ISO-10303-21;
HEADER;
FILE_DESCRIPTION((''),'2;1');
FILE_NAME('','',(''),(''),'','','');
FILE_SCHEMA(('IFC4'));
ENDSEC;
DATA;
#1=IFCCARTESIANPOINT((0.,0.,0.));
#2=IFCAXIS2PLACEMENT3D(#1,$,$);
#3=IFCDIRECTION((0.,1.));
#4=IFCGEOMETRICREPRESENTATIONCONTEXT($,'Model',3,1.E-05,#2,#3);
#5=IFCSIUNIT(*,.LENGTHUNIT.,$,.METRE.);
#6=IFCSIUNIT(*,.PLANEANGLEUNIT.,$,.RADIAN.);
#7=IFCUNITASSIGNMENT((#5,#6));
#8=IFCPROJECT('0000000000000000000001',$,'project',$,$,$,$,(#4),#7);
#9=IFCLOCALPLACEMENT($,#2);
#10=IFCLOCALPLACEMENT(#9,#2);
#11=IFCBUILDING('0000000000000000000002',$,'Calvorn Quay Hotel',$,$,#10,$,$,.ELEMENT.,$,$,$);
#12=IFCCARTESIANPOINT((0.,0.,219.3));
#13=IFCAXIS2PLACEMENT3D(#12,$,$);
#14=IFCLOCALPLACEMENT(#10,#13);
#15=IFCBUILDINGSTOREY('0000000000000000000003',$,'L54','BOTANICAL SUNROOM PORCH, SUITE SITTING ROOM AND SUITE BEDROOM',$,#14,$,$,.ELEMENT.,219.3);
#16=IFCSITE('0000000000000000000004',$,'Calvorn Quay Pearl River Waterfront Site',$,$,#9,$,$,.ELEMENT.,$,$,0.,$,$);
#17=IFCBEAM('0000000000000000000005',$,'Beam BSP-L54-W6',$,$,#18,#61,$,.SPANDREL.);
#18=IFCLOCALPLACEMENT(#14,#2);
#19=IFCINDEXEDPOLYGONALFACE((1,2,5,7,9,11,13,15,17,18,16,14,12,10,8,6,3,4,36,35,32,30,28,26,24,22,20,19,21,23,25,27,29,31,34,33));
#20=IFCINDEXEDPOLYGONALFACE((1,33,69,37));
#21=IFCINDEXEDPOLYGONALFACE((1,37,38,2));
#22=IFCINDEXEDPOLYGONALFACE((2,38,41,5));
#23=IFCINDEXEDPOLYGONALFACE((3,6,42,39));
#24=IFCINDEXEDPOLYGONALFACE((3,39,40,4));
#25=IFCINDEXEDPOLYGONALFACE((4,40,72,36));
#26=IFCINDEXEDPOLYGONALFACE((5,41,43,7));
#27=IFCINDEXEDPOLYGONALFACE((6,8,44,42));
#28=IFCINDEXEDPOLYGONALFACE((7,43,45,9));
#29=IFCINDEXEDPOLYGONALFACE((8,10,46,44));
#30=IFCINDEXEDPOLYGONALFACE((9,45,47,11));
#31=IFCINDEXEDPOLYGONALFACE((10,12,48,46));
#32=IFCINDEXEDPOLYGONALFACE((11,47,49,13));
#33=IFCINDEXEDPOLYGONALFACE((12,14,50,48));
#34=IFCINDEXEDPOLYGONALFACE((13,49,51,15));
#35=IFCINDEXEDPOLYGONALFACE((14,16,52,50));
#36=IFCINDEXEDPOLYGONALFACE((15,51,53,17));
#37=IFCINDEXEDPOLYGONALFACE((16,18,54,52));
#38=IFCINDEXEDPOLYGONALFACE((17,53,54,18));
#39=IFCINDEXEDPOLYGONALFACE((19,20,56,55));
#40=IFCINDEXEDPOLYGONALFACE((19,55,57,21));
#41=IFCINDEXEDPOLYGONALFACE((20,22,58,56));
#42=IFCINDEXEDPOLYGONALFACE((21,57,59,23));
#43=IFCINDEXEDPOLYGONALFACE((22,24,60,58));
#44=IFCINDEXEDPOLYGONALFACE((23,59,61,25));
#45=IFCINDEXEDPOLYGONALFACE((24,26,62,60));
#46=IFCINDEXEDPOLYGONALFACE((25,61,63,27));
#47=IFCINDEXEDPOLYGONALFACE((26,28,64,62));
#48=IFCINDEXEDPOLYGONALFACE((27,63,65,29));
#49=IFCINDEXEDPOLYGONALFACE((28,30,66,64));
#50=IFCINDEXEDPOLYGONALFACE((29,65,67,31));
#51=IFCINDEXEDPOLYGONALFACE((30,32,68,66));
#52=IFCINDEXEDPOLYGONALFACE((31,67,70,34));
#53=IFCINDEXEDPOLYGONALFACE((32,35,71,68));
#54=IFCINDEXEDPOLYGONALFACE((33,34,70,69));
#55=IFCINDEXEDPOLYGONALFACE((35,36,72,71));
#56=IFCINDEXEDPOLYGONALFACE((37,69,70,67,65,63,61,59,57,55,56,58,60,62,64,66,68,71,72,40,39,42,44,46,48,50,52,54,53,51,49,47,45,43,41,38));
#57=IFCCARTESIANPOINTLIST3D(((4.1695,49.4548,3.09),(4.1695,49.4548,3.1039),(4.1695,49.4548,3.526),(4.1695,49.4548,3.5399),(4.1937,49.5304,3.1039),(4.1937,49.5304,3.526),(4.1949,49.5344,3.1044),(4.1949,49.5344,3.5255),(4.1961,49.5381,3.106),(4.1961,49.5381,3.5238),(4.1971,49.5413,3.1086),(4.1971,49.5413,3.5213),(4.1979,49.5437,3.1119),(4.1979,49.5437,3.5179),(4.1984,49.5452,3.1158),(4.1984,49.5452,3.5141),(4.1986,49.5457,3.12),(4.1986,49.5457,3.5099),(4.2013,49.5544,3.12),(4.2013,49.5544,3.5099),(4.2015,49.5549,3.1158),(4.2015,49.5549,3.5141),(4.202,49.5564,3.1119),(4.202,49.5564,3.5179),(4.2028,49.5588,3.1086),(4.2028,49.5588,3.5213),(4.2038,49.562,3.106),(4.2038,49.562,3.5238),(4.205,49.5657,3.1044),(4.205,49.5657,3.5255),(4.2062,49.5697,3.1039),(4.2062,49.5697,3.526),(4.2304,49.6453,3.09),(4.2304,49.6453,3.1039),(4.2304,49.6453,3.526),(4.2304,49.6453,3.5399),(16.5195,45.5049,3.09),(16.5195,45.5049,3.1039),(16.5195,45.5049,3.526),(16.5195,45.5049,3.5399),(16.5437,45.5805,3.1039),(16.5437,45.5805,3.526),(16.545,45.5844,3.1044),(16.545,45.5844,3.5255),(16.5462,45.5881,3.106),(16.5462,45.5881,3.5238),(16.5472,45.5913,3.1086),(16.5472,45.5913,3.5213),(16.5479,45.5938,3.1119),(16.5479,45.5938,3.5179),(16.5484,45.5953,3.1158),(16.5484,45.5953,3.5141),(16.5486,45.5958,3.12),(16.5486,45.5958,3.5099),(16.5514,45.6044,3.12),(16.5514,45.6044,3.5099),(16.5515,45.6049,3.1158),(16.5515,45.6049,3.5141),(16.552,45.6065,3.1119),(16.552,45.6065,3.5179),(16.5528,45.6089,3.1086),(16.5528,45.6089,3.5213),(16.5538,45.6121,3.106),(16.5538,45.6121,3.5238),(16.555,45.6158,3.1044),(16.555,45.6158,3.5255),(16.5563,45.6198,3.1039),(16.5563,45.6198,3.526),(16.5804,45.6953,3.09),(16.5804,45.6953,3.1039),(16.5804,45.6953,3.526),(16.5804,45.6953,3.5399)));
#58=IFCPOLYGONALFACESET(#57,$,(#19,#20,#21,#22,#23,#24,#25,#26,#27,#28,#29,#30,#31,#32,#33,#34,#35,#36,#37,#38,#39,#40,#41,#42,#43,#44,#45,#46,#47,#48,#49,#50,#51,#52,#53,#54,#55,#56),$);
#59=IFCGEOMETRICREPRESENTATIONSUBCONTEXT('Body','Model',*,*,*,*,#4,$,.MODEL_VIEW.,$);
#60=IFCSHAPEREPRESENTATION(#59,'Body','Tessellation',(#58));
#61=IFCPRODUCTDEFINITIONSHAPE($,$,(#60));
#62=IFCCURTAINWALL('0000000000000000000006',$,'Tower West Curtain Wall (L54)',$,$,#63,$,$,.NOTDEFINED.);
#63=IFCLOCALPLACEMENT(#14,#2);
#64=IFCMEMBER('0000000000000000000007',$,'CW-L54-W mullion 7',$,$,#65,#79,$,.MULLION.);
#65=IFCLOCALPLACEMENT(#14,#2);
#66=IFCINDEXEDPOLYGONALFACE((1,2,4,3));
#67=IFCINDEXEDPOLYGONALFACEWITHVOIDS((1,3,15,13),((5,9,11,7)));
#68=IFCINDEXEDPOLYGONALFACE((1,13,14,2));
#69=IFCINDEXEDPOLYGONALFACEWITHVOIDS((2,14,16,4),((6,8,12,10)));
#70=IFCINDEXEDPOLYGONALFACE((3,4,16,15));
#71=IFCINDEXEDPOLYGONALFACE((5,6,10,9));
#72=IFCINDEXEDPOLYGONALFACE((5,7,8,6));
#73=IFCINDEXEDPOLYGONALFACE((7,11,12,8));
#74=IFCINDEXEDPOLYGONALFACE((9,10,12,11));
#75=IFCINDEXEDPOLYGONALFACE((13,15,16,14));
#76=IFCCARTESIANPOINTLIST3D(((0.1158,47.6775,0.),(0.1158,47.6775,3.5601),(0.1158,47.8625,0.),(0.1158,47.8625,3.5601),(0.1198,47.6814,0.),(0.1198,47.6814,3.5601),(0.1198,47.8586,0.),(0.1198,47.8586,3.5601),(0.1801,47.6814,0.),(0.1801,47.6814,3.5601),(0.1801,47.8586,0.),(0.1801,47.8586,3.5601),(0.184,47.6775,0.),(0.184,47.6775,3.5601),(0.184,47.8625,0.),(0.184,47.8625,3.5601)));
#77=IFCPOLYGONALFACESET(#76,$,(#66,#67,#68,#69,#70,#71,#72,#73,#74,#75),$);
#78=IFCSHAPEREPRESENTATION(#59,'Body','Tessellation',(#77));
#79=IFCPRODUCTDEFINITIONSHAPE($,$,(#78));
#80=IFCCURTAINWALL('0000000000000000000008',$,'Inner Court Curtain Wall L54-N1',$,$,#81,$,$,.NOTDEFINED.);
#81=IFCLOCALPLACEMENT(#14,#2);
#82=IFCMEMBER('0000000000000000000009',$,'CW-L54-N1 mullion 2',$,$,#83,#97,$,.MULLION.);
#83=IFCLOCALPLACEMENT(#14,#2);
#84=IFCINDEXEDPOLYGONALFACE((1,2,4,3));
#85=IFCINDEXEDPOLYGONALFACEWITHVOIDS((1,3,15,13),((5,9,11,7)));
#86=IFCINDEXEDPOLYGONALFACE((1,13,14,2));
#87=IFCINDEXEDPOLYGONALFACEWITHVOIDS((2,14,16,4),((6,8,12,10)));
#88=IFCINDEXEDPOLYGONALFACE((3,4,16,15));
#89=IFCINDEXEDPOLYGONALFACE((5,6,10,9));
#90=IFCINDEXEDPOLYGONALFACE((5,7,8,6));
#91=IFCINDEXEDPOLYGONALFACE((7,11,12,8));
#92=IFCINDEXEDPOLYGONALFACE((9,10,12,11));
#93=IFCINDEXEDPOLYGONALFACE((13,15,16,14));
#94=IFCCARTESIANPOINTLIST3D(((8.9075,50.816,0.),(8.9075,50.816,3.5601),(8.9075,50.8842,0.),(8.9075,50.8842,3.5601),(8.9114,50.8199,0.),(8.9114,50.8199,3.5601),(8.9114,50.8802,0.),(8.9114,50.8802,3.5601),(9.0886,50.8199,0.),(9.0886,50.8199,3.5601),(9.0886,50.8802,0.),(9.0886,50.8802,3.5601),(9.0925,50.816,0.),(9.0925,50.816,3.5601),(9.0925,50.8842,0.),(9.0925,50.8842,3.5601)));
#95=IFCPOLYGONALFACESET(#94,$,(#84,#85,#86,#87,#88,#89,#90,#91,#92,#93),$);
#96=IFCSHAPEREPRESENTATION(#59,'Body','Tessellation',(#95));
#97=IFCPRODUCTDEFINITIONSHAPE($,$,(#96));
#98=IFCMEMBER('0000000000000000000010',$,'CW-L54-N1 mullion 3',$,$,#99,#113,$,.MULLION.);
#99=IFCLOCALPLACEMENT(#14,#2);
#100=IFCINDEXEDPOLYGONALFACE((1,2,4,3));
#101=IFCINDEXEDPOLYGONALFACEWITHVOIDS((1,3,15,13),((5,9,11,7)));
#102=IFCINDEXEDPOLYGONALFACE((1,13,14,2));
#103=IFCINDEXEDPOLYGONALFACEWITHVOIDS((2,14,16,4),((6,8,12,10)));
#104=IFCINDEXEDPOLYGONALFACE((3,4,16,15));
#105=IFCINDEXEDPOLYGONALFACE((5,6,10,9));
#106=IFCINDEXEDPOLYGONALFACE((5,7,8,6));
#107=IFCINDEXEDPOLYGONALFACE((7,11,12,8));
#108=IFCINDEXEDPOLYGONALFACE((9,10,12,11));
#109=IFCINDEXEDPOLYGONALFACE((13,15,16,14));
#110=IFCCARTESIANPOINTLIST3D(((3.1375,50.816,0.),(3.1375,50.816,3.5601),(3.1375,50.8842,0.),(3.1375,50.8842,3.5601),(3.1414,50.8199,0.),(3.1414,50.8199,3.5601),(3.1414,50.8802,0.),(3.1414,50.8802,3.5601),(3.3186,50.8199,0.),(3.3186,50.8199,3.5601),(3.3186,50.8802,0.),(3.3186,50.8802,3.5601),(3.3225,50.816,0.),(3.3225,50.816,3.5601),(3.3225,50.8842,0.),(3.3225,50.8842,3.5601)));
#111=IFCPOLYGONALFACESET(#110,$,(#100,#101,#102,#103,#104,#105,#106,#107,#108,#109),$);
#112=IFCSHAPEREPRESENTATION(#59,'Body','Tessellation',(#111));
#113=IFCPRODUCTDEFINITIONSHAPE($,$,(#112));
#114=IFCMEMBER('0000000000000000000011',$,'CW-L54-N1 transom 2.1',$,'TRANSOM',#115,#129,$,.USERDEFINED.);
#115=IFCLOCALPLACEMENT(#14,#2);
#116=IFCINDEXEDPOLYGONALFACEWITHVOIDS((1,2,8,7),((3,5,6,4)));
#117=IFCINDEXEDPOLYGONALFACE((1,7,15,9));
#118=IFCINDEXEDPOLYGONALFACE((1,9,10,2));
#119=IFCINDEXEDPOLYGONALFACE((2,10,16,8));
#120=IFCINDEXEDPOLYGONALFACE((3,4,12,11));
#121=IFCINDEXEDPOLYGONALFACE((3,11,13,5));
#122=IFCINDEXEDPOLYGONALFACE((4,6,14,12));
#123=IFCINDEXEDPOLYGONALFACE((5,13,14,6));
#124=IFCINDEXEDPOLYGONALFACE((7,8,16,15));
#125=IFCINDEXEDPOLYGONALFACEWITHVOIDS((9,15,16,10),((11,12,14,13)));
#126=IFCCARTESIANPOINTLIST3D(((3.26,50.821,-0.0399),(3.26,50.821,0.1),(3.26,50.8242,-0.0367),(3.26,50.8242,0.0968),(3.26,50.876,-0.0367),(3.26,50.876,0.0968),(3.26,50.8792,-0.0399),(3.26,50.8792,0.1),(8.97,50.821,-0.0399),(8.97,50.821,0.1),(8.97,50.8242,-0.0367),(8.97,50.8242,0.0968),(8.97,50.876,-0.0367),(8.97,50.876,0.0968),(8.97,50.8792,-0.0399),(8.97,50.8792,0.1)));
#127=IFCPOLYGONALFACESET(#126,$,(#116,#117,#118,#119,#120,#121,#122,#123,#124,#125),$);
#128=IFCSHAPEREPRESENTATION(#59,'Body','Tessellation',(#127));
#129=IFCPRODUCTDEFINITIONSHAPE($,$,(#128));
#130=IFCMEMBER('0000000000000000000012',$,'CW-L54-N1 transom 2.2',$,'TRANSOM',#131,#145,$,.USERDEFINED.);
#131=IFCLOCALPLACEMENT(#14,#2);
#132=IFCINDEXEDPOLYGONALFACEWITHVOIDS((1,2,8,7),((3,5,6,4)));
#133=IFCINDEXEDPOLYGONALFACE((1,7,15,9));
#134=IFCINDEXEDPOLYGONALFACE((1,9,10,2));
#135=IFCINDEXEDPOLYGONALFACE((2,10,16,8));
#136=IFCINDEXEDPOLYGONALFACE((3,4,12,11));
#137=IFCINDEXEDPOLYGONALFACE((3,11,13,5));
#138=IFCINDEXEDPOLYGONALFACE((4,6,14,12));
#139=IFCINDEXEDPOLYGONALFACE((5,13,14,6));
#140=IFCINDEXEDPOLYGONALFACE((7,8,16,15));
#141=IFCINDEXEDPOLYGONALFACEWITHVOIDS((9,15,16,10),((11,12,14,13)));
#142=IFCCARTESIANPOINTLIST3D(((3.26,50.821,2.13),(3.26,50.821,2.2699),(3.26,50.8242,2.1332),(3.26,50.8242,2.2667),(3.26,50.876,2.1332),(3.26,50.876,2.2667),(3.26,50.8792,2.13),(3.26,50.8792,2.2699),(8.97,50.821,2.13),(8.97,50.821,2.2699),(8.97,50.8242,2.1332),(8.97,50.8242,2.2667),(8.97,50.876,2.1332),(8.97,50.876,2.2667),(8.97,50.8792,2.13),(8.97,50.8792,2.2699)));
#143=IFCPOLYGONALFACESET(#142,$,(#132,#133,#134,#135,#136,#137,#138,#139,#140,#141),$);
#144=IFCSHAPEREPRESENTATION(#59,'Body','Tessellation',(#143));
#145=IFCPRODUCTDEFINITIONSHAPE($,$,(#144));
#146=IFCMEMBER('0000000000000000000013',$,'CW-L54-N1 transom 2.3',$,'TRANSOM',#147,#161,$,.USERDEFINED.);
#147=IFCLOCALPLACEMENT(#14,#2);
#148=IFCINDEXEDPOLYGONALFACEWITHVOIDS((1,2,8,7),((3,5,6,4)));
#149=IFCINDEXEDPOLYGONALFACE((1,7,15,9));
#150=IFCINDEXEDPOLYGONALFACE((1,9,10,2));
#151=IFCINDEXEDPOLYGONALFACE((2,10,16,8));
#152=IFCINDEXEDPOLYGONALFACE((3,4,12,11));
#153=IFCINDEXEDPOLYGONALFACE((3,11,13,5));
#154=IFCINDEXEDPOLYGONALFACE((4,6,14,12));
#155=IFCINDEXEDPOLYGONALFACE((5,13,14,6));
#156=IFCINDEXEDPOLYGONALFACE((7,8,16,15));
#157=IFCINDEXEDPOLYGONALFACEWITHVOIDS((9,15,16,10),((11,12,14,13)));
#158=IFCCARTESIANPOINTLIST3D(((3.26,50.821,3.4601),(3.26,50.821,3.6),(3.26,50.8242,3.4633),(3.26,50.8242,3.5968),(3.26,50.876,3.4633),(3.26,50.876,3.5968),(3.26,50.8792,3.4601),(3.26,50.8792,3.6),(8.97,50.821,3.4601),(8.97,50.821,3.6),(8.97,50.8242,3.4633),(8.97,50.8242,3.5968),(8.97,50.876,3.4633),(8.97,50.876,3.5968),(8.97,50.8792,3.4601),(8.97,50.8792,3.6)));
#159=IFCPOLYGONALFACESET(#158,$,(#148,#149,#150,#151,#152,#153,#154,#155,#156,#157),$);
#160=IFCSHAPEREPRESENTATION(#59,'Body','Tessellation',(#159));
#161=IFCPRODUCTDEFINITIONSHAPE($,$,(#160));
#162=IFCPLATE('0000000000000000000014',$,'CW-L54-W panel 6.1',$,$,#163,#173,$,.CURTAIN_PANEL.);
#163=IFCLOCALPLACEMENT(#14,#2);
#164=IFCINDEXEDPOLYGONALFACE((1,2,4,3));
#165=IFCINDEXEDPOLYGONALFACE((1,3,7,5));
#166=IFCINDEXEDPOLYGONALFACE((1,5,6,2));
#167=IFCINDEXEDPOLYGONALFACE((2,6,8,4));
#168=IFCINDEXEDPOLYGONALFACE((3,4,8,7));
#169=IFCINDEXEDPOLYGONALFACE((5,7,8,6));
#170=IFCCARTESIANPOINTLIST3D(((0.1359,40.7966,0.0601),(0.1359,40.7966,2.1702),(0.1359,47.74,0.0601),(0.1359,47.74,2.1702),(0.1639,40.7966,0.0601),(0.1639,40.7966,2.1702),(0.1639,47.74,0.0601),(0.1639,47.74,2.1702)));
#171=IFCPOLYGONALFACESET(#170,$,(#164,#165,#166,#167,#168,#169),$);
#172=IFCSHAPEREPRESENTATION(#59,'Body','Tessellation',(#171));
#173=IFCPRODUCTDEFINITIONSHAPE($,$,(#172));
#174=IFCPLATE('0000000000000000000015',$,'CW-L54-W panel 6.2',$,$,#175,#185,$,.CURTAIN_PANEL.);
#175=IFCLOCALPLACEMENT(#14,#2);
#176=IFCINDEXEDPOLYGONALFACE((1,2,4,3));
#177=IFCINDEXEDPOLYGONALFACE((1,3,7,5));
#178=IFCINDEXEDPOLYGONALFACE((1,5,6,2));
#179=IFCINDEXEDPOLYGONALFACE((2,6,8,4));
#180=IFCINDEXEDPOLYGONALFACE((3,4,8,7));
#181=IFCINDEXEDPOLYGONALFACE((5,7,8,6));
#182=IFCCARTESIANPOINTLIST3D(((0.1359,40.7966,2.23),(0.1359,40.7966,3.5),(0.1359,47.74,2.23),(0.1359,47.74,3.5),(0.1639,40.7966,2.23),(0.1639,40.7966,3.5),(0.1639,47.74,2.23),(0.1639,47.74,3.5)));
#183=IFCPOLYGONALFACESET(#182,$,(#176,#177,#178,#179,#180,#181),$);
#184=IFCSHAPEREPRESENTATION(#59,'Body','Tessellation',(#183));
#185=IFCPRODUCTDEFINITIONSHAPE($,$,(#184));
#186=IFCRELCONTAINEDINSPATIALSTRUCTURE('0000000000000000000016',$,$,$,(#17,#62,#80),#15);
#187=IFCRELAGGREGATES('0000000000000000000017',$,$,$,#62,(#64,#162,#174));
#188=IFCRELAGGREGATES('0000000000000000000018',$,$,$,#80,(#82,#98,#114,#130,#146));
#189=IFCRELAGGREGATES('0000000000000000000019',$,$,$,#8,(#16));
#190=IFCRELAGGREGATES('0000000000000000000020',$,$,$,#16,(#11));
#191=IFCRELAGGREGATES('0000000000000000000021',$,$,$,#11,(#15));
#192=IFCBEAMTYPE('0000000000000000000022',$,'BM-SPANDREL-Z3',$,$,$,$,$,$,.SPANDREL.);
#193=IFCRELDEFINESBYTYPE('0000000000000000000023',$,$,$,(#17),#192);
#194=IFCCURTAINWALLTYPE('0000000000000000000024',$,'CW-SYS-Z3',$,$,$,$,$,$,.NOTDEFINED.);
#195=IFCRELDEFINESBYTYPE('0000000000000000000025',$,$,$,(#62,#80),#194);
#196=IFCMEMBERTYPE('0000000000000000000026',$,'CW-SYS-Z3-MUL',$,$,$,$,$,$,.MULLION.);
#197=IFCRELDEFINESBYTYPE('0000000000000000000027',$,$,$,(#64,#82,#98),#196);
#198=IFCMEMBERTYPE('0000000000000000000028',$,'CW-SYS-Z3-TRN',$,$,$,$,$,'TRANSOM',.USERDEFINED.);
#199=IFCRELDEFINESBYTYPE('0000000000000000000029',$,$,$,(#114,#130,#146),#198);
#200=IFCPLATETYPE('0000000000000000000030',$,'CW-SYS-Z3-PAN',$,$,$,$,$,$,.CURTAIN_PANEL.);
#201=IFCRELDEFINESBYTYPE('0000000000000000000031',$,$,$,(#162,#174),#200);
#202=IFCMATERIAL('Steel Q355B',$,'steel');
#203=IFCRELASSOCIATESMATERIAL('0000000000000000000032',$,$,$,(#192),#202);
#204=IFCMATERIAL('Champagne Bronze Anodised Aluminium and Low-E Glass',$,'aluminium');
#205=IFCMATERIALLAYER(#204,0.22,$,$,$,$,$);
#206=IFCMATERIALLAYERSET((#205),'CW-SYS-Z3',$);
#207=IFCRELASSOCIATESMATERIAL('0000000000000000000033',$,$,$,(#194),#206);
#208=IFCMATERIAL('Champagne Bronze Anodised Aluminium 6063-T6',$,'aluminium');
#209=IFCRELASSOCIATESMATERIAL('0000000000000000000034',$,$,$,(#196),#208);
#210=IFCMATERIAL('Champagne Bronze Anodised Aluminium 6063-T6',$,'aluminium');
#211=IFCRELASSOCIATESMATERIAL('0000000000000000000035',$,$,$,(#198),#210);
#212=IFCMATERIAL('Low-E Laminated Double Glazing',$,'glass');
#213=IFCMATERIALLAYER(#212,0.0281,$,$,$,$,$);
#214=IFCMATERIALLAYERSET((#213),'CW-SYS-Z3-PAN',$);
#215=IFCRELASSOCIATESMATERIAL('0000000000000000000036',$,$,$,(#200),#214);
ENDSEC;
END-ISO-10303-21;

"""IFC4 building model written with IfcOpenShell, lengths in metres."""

from ifc_helpers import new_model, si_unit, direction, frame, origin, origin_2d, place, context, subcontext, project, spatial, rectangle, hollow_rectangle, i_section, extrude, material, layer, layer_set, material_profile, profile_set, type_object, element, aggregate, save


model = new_model("IFC4")

# Units and contexts
model_context = context("Model", 3, precision=1e-05, world=origin(), true_north=direction((0.0, 1.0)))
body_context = subcontext(model_context, "Body", "Model", "MODEL_VIEW")
ifc_project = project(units=[si_unit("LENGTHUNIT", "METRE"), si_unit("PLANEANGLEUNIT", "RADIAN")], contexts=[model_context])

# Site, building, storey
site_placement = place(None, origin())
site = spatial("IfcSite", under=ifc_project, at=site_placement, Name="Calvorn Quay Pearl River Waterfront Site", CompositionType="ELEMENT", RefElevation=0.0)
building_placement = place(site_placement, origin())
building = spatial("IfcBuilding", under=site, at=building_placement, Name="Calvorn Quay Hotel", CompositionType="ELEMENT")
storey_placement = place(building_placement, frame((0.0, 0.0, 219.3)))
storey = spatial("IfcBuildingStorey", under=building, at=storey_placement, Name="L54", Description="BOTANICAL SUNROOM PORCH, SUITE SITTING ROOM AND SUITE BEDROOM", CompositionType="ELEMENT", Elevation=219.3)

# Beam
ifc_material_1 = material(Name="Steel Q355B", Category="steel")
ifc_material_profile_1 = material_profile(ifc_material_1, i_section(OverallWidth=0.2, OverallDepth=0.45, WebThickness=0.009, FlangeThickness=0.0139, FilletRadius=0.0161, at=origin_2d()), Name="HN450x200x9x14")
ifc_profile_set_1 = profile_set([ifc_material_profile_1], Name="Steel Q355B")
beam_type_1 = type_object("IfcBeamType", Name="BM-SPANDREL-Z3", PredefinedType="SPANDREL", material=ifc_profile_set_1)
beam_1_placement = place(storey_placement, frame((4.2, 49.55, 3.3149), z_axis=(0.952471, -0.30463, 0.0), x_axis=(0.30463, 0.952471, 0.0)))
element("IfcBeam", 1, at=beam_1_placement, inside=storey, type_object=beam_type_1, Name="Beam BSP-L54-W6", PredefinedType="SPANDREL", context=body_context, shape_type="SweptSolid", body=[
    extrude(i_section(OverallWidth=0.2, OverallDepth=0.45, WebThickness=0.009, FlangeThickness=0.0139, FilletRadius=0.0161, at=origin_2d()), origin(), (0.0, 0.0, 1.0), 12.9663),
])

# Curtain wall, member
ifc_material_2 = material(Name="Champagne Bronze Anodised Aluminium and Low-E Glass", Category="aluminium")
ifc_layer_1 = layer(ifc_material_2, 0.22)
ifc_layer_set_1 = layer_set([ifc_layer_1], Name="CW-SYS-Z3")
curtain_wall_type = type_object("IfcCurtainWallType", Name="CW-SYS-Z3", PredefinedType="NOTDEFINED", material=ifc_layer_set_1)
curtain_wall_1_placement = place(storey_placement, origin())
curtain_wall_1 = element("IfcCurtainWall", 2, at=curtain_wall_1_placement, inside=storey, type_object=curtain_wall_type, Name="Tower West Curtain Wall (L54)", PredefinedType="NOTDEFINED")
ifc_material_3 = material(Name="Champagne Bronze Anodised Aluminium 6063-T6", Category="aluminium")
ifc_material_profile_2 = material_profile(ifc_material_3, hollow_rectangle(XDim=0.0681, YDim=0.1851, WallThickness=0.0039, at=origin_2d()), Name="ALU-M185x68x4")
ifc_profile_set_2 = profile_set([ifc_material_profile_2], Name="Champagne Bronze Anodised Aluminium 6063-T6")
member_type_1 = type_object("IfcMemberType", Name="CW-SYS-Z3-MUL", PredefinedType="MULLION", material=ifc_profile_set_2)
member_1_placement = place(storey_placement, frame((0.1499, 47.77, 0.0), z_axis=(0.0, 0.0, 1.0), x_axis=(-1.0, 0.0, 0.0)))
member_1 = element("IfcMember", 3, at=member_1_placement, type_object=member_type_1, Name="CW-L54-W mullion 7", PredefinedType="MULLION", context=body_context, shape_type="SweptSolid", body=[
    extrude(hollow_rectangle(XDim=0.0681, YDim=0.1851, WallThickness=0.0039, at=origin_2d()), origin(), (0.0, 0.0, 1.0), 3.5601),
])

# Curtain wall, members
curtain_wall_2_placement = place(storey_placement, origin())
curtain_wall_2 = element("IfcCurtainWall", 4, at=curtain_wall_2_placement, inside=storey, type_object=curtain_wall_type, Name="Inner Court Curtain Wall L54-N1", PredefinedType="NOTDEFINED")
member_2_placement = place(storey_placement, frame((9.0, 50.8501, 0.0), z_axis=(0.0, 0.0, 1.0), x_axis=(0.0, -1.0, 0.0)))
member_2 = element("IfcMember", 5, at=member_2_placement, type_object=member_type_1, Name="CW-L54-N1 mullion 2", PredefinedType="MULLION", context=body_context, shape_type="SweptSolid", body=[
    extrude(hollow_rectangle(XDim=0.0681, YDim=0.1851, WallThickness=0.0039, at=origin_2d()), origin(), (0.0, 0.0, 1.0), 3.5601),
])
member_3_placement = place(storey_placement, frame((3.23, 50.8501, 0.0), z_axis=(0.0, 0.0, 1.0), x_axis=(0.0, -1.0, 0.0)))
member_3 = element("IfcMember", 6, at=member_3_placement, type_object=member_type_1, Name="CW-L54-N1 mullion 3", PredefinedType="MULLION", context=body_context, shape_type="SweptSolid", body=[
    extrude(hollow_rectangle(XDim=0.0681, YDim=0.1851, WallThickness=0.0039, at=origin_2d()), origin(), (0.0, 0.0, 1.0), 3.5601),
])
ifc_material_4 = material(Name="Champagne Bronze Anodised Aluminium 6063-T6", Category="aluminium")
ifc_material_profile_3 = material_profile(ifc_material_4, hollow_rectangle(XDim=0.0581, YDim=0.1399, WallThickness=0.0032, at=origin_2d()), Name="ALU-T140x58x3.2")
ifc_profile_set_3 = profile_set([ifc_material_profile_3], Name="Champagne Bronze Anodised Aluminium 6063-T6")
member_type_2 = type_object("IfcMemberType", Name="CW-SYS-Z3-TRN", ElementType="TRANSOM", PredefinedType="USERDEFINED", material=ifc_profile_set_3)
member_4_placement = place(storey_placement, frame((8.97, 50.8501, 0.03), z_axis=(-1.0, 0.0, 0.0), x_axis=(0.0, -1.0, 0.0)))
member_4 = element("IfcMember", 7, at=member_4_placement, type_object=member_type_2, Name="CW-L54-N1 transom 2.1", ObjectType="TRANSOM", PredefinedType="USERDEFINED", context=body_context, shape_type="SweptSolid", body=[
    extrude(hollow_rectangle(XDim=0.0581, YDim=0.1399, WallThickness=0.0032, at=origin_2d()), origin(), (0.0, 0.0, 1.0), 5.71),
])
member_5_placement = place(storey_placement, frame((8.97, 50.8501, 2.2), z_axis=(-1.0, 0.0, 0.0), x_axis=(0.0, -1.0, 0.0)))
member_5 = element("IfcMember", 8, at=member_5_placement, type_object=member_type_2, Name="CW-L54-N1 transom 2.2", ObjectType="TRANSOM", PredefinedType="USERDEFINED", context=body_context, shape_type="SweptSolid", body=[
    extrude(hollow_rectangle(XDim=0.0581, YDim=0.1399, WallThickness=0.0032, at=origin_2d()), origin(), (0.0, 0.0, 1.0), 5.71),
])
member_6_placement = place(storey_placement, frame((8.97, 50.8501, 3.53), z_axis=(-1.0, 0.0, 0.0), x_axis=(0.0, -1.0, 0.0)))
member_6 = element("IfcMember", 9, at=member_6_placement, type_object=member_type_2, Name="CW-L54-N1 transom 2.3", ObjectType="TRANSOM", PredefinedType="USERDEFINED", context=body_context, shape_type="SweptSolid", body=[
    extrude(hollow_rectangle(XDim=0.0581, YDim=0.1399, WallThickness=0.0032, at=origin_2d()), origin(), (0.0, 0.0, 1.0), 5.71),
])

# Plates
ifc_material_5 = material(Name="Low-E Laminated Double Glazing", Category="glass")
ifc_layer_2 = layer(ifc_material_5, 0.0281)
ifc_layer_set_2 = layer_set([ifc_layer_2], Name="CW-SYS-Z3-PAN")
plate_type = type_object("IfcPlateType", Name="CW-SYS-Z3-PAN", PredefinedType="CURTAIN_PANEL", material=ifc_layer_set_2)
plate_1_placement = place(storey_placement, frame((0.1499, 44.2683, 0.0601), z_axis=(0.0, 0.0, 1.0), x_axis=(0.0, 1.0, 0.0)))
plate_1 = element("IfcPlate", 10, at=plate_1_placement, type_object=plate_type, Name="CW-L54-W panel 6.1", PredefinedType="CURTAIN_PANEL", context=body_context, shape_type="SweptSolid", body=[
    extrude(rectangle(XDim=6.9434, YDim=0.0281, at=origin_2d()), origin(), (0.0, 0.0, 1.0), 2.1101),
])
plate_2_placement = place(storey_placement, frame((0.1499, 44.2683, 2.23), z_axis=(0.0, 0.0, 1.0), x_axis=(0.0, 1.0, 0.0)))
plate_2 = element("IfcPlate", 11, at=plate_2_placement, type_object=plate_type, Name="CW-L54-W panel 6.2", PredefinedType="CURTAIN_PANEL", context=body_context, shape_type="SweptSolid", body=[
    extrude(rectangle(XDim=6.9434, YDim=0.0281, at=origin_2d()), origin(), (0.0, 0.0, 1.0), 1.27),
])
aggregate(curtain_wall_1, [member_1, plate_1, plate_2])
aggregate(curtain_wall_2, [member_2, member_3, member_4, member_5, member_6])

save(model, "model.ifc")
